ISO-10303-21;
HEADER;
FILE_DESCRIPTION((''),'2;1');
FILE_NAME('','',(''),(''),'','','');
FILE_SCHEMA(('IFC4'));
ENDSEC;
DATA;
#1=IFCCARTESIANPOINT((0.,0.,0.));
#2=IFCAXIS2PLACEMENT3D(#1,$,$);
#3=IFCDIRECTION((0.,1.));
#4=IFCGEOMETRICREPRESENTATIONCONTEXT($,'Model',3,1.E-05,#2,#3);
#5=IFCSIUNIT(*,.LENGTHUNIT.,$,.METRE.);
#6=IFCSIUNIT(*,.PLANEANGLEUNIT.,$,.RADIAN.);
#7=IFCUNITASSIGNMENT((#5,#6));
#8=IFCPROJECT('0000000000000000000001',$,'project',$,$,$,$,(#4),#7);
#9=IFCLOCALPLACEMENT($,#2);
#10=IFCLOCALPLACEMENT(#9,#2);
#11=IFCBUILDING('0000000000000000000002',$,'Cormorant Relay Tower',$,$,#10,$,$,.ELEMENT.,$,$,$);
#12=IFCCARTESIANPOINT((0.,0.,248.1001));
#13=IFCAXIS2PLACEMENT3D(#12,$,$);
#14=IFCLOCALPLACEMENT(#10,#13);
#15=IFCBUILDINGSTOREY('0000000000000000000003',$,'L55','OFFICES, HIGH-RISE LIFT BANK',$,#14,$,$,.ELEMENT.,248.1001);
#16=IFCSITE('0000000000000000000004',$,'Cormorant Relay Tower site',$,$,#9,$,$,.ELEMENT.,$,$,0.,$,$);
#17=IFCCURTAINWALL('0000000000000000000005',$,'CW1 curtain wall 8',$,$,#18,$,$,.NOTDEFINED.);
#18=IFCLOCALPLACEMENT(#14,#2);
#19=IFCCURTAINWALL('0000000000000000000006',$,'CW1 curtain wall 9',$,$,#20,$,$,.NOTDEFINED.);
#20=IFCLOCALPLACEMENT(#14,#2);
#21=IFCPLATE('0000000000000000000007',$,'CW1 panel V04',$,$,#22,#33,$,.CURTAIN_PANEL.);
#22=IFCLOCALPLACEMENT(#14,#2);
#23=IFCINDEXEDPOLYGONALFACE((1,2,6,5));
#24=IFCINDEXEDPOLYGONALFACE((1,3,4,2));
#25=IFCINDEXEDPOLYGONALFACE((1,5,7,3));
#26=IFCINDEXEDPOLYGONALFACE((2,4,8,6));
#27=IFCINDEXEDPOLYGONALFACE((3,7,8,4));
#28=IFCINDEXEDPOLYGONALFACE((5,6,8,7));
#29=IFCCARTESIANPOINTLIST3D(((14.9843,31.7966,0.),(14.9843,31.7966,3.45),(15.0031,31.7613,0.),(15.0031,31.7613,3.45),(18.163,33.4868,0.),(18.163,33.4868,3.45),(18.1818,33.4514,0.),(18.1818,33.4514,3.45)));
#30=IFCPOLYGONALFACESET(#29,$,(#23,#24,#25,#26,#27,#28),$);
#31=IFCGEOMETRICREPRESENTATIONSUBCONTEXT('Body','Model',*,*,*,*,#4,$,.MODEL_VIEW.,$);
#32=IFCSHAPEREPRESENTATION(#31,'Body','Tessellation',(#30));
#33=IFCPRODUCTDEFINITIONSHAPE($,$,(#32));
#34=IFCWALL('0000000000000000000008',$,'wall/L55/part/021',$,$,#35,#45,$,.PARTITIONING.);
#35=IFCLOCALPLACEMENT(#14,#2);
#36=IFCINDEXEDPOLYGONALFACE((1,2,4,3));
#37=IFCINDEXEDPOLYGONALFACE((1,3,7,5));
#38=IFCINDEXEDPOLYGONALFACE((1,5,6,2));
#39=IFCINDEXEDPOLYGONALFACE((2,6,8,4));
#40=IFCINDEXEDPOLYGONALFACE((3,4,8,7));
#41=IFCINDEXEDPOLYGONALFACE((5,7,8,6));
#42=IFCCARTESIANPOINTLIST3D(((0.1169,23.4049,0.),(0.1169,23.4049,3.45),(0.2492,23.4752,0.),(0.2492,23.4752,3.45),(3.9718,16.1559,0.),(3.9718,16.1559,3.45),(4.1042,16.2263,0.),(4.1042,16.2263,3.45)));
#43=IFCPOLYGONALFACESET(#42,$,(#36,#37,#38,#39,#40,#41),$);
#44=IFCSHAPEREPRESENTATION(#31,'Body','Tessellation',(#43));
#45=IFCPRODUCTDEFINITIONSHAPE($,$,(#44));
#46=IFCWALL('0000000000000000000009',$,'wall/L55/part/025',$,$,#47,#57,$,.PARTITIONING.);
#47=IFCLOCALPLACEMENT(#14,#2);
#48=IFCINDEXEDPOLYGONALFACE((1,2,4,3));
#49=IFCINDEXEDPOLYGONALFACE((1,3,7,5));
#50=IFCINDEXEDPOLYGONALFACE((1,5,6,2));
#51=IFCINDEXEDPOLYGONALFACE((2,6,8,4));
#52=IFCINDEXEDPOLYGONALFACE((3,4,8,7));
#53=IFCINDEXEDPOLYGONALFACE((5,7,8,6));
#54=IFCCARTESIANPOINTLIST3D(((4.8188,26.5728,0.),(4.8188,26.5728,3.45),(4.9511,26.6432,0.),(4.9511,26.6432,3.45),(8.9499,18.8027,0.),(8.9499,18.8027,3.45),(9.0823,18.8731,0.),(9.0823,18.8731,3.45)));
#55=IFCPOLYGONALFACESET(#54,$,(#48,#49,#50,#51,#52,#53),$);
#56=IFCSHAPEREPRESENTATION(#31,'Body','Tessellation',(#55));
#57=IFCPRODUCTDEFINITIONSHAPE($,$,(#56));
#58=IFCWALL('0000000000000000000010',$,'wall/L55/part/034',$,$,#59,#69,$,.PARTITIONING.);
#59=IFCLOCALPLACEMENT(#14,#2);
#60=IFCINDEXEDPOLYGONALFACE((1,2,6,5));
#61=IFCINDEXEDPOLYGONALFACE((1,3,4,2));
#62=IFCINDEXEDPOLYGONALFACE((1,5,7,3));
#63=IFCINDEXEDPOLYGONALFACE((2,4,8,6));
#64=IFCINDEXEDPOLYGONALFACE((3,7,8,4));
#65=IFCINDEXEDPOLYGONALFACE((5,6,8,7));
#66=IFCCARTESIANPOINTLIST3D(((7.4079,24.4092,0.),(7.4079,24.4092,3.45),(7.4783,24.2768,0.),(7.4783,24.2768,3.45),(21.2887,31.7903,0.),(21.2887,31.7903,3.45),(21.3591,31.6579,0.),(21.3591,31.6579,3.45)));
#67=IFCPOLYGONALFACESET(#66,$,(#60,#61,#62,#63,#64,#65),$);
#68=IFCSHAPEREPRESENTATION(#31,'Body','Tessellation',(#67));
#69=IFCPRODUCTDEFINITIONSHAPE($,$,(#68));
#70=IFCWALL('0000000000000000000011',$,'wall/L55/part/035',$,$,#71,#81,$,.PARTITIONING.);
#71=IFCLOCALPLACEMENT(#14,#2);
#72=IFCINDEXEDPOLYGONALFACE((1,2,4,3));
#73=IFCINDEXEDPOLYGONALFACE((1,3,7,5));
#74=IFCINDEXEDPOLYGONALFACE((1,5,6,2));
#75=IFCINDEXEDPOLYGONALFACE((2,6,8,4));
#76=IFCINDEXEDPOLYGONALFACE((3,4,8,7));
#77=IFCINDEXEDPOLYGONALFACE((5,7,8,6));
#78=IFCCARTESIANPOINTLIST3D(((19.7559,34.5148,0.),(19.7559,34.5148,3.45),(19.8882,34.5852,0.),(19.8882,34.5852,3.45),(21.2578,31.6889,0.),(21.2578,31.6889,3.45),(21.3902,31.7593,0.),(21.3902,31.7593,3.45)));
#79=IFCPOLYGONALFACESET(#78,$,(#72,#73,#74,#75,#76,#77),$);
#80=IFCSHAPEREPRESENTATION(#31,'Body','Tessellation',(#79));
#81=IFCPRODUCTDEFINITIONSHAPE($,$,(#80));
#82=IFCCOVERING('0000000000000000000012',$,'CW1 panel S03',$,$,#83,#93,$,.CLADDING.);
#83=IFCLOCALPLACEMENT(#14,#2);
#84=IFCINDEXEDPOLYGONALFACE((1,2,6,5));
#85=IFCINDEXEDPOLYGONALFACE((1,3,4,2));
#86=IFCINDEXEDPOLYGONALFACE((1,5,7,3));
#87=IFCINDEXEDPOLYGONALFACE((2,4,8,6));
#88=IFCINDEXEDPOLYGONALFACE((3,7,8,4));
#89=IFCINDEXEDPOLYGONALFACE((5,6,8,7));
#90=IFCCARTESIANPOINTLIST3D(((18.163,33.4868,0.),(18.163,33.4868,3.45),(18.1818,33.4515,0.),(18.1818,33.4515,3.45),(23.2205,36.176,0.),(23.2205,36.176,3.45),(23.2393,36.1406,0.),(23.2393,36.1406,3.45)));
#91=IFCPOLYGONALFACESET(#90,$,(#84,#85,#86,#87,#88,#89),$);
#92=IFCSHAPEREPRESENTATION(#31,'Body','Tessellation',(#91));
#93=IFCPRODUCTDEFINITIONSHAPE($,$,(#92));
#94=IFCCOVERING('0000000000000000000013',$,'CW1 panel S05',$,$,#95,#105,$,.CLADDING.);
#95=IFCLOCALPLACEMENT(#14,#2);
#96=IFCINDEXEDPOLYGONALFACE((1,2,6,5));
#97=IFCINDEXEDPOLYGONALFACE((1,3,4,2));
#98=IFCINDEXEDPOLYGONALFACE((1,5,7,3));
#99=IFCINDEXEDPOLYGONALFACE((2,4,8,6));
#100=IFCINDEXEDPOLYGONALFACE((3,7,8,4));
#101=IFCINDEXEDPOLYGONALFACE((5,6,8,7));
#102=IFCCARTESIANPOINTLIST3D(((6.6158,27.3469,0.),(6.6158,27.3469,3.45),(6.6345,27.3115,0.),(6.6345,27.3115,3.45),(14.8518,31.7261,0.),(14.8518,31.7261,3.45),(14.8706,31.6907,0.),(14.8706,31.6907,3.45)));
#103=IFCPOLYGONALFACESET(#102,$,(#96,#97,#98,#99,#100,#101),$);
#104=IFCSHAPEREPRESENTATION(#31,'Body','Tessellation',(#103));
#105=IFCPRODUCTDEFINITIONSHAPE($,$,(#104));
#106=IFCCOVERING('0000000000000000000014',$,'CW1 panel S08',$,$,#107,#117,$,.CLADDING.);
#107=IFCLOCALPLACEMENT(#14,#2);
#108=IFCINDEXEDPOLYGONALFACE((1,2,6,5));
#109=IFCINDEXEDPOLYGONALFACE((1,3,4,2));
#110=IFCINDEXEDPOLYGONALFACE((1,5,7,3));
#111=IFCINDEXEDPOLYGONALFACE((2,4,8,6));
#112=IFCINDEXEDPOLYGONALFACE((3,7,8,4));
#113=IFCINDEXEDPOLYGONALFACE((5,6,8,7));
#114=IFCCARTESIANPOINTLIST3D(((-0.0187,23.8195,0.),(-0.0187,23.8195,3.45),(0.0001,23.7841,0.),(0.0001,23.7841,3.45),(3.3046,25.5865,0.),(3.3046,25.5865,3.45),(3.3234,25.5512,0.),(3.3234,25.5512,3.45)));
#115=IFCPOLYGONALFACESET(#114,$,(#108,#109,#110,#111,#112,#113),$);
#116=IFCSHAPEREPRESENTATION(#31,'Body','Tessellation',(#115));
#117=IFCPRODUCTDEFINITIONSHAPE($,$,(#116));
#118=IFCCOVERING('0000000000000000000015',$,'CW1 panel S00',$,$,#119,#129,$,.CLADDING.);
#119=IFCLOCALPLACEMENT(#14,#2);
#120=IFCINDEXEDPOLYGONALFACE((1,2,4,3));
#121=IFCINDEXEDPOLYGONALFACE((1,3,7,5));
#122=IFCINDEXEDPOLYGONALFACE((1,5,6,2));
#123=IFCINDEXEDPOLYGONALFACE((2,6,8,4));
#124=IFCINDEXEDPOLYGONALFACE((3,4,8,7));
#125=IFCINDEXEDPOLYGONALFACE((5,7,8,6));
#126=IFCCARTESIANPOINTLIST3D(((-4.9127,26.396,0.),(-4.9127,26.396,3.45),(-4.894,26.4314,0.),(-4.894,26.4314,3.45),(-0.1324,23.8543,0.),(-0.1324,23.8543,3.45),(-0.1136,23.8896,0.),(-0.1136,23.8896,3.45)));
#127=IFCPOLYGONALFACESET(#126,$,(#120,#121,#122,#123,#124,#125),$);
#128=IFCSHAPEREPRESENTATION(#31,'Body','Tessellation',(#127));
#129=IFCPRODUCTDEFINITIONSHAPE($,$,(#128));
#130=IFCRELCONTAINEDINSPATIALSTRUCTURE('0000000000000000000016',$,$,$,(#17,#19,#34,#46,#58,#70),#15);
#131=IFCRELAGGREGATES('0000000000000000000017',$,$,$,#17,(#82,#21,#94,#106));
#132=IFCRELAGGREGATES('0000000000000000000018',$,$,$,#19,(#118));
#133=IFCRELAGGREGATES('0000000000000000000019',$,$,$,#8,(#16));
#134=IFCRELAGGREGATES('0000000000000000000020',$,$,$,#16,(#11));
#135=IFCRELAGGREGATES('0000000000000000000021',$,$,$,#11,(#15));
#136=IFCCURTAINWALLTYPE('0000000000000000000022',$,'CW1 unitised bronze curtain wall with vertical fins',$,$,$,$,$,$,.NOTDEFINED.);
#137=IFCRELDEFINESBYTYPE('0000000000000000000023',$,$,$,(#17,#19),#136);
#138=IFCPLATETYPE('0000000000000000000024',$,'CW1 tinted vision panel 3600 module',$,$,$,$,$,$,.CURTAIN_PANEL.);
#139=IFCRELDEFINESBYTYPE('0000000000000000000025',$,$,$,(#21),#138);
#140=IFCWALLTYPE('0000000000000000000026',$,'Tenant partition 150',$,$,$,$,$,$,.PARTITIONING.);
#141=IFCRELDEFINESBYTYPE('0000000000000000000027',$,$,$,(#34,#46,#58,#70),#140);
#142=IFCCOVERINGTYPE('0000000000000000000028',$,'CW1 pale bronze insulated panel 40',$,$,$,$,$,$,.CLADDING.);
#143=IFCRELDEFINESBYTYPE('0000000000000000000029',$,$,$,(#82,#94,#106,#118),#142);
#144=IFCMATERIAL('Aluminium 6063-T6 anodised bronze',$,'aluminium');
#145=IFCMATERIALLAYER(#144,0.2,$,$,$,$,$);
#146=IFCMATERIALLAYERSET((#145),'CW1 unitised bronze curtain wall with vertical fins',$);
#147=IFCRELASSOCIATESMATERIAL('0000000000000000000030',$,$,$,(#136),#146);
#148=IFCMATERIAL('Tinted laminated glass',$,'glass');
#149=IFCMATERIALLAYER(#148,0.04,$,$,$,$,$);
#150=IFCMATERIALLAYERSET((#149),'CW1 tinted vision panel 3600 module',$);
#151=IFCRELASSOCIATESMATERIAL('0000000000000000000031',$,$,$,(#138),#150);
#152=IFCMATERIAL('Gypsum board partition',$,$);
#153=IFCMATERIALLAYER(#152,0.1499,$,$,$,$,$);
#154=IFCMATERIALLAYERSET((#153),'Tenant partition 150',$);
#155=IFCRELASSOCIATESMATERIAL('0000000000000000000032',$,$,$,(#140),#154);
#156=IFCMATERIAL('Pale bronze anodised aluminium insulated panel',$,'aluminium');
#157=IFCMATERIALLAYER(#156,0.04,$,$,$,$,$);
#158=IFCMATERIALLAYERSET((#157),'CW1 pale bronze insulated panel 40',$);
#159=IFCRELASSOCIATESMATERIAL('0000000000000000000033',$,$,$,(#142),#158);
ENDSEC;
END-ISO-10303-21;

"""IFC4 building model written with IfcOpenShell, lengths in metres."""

from ifc_helpers import new_model, si_unit, direction, frame, frame_2d, origin, origin_2d, place, context, subcontext, project, spatial, rectangle, extrude, material, layer, layer_set, type_object, element, aggregate, save


model = new_model("IFC4")

# Units and contexts
model_context = context("Model", 3, precision=1e-05, world=origin(), true_north=direction((0.0, 1.0)))
body_context = subcontext(model_context, "Body", "Model", "MODEL_VIEW")
ifc_project = project(units=[si_unit("LENGTHUNIT", "METRE"), si_unit("PLANEANGLEUNIT", "RADIAN")], contexts=[model_context])

# Site, building, storey
site_placement = place(None, origin())
site = spatial("IfcSite", under=ifc_project, at=site_placement, Name="Cormorant Relay Tower site", CompositionType="ELEMENT", RefElevation=0.0)
building_placement = place(site_placement, origin())
building = spatial("IfcBuilding", under=site, at=building_placement, Name="Cormorant Relay Tower", CompositionType="ELEMENT")
storey_placement = place(building_placement, frame((0.0, 0.0, 248.1001)))
storey = spatial("IfcBuildingStorey", under=building, at=storey_placement, Name="L55", Description="OFFICES, HIGH-RISE LIFT BANK", CompositionType="ELEMENT", Elevation=248.1001)

# Curtain walls
ifc_material_1 = material(Name="Aluminium 6063-T6 anodised bronze", Category="aluminium")
ifc_layer_1 = layer(ifc_material_1, 0.2)
ifc_layer_set_1 = layer_set([ifc_layer_1], Name="CW1 unitised bronze curtain wall with vertical fins")
curtain_wall_type = type_object("IfcCurtainWallType", Name="CW1 unitised bronze curtain wall with vertical fins", PredefinedType="NOTDEFINED", material=ifc_layer_set_1)
curtain_wall_1_placement = place(storey_placement, origin())
curtain_wall_1 = element("IfcCurtainWall", 1, at=curtain_wall_1_placement, inside=storey, type_object=curtain_wall_type, Name="CW1 curtain wall 8", PredefinedType="NOTDEFINED")
curtain_wall_2_placement = place(storey_placement, origin())
curtain_wall_2 = element("IfcCurtainWall", 2, at=curtain_wall_2_placement, inside=storey, type_object=curtain_wall_type, Name="CW1 curtain wall 9", PredefinedType="NOTDEFINED")

# Plate
ifc_material_2 = material(Name="Tinted laminated glass", Category="glass")
ifc_layer_2 = layer(ifc_material_2, 0.04)
ifc_layer_set_2 = layer_set([ifc_layer_2], Name="CW1 tinted vision panel 3600 module")
plate_type_1 = type_object("IfcPlateType", Name="CW1 tinted vision panel 3600 module", PredefinedType="CURTAIN_PANEL", material=ifc_layer_set_2)
plate_1_placement = place(storey_placement, frame((16.583, 32.624, 0.0), z_axis=(0.0, 0.0, 1.0), x_axis=(-0.882948, -0.469472, 0.0)))
plate_1 = element("IfcPlate", 3, at=plate_1_placement, type_object=plate_type_1, Name="CW1 panel V04", PredefinedType="CURTAIN_PANEL", context=body_context, shape_type="SweptSolid", body=[
    extrude(rectangle(XDim=3.6001, YDim=0.04, at=origin_2d()), origin(), (0.0, 0.0, 1.0), 3.45),
])

# Walls
ifc_material_3 = material(Name="Gypsum board partition")
ifc_layer_3 = layer(ifc_material_3, 0.1499)
ifc_layer_set_3 = layer_set([ifc_layer_3], Name="Tenant partition 150")
wall_type = type_object("IfcWallType", Name="Tenant partition 150", PredefinedType="PARTITIONING", material=ifc_layer_set_3)
wall_1_placement = place(storey_placement, frame((0.1831, 23.4399, 0.0), z_axis=(0.0, 0.0, 1.0), x_axis=(0.469529, -0.882917, 0.0)))
element("IfcWall", 4, at=wall_1_placement, inside=storey, type_object=wall_type, Name="wall/L55/part/021", PredefinedType="PARTITIONING", context=body_context, shape_type="SweptSolid", body=[
    extrude(rectangle(XDim=8.2102, YDim=0.1499, at=frame_2d((4.105, 0.0))), origin(), (0.0, 0.0, 1.0), 3.45),
])
wall_2_placement = place(storey_placement, frame((4.885, 26.6079, 0.0), z_axis=(0.0, 0.0, 1.0), x_axis=(0.469446, -0.882961, 0.0)))
element("IfcWall", 5, at=wall_2_placement, inside=storey, type_object=wall_type, Name="wall/L55/part/025", PredefinedType="PARTITIONING", context=body_context, shape_type="SweptSolid", body=[
    extrude(rectangle(XDim=8.8, YDim=0.1499, at=frame_2d((4.3999, 0.0))), origin(), (0.0, 0.0, 1.0), 3.45),
])
wall_3_placement = place(storey_placement, frame((7.4431, 24.343, 0.0), z_axis=(0.0, 0.0, 1.0), x_axis=(0.882934, 0.469497, 0.0)))
element("IfcWall", 6, at=wall_3_placement, inside=storey, type_object=wall_type, Name="wall/L55/part/034", PredefinedType="PARTITIONING", context=body_context, shape_type="SweptSolid", body=[
    extrude(rectangle(XDim=15.7212, YDim=0.1499, at=frame_2d((7.8606, 0.0))), origin(), (0.0, 0.0, 1.0), 3.45),
])
wall_4_placement = place(storey_placement, frame((21.324, 31.7241, 0.0), z_axis=(0.0, 0.0, 1.0), x_axis=(-0.469321, 0.883028, 0.0)))
element("IfcWall", 7, at=wall_4_placement, inside=storey, type_object=wall_type, Name="wall/L55/part/035", PredefinedType="PARTITIONING", context=body_context, shape_type="SweptSolid", body=[
    extrude(rectangle(XDim=3.2002, YDim=0.1499, at=frame_2d((1.6001, 0.0))), origin(), (0.0, 0.0, 1.0), 3.45),
])

# Coverings
ifc_material_4 = material(Name="Pale bronze anodised aluminium insulated panel", Category="aluminium")
ifc_layer_4 = layer(ifc_material_4, 0.04)
ifc_layer_set_4 = layer_set([ifc_layer_4], Name="CW1 pale bronze insulated panel 40")
covering_type = type_object("IfcCoveringType", Name="CW1 pale bronze insulated panel 40", PredefinedType="CLADDING", material=ifc_layer_set_4)
covering_1_placement = place(storey_placement, frame((20.7012, 34.8137, 0.0), z_axis=(0.0, 0.0, 1.0), x_axis=(-0.882948, -0.469472, 0.0)))
covering_1 = element("IfcCovering", 8, at=covering_1_placement, type_object=covering_type, Name="CW1 panel S03", PredefinedType="CLADDING", context=body_context, shape_type="SweptSolid", body=[
    extrude(rectangle(XDim=5.728, YDim=0.04, at=origin_2d()), origin(), (0.0, 0.0, 1.0), 3.45),
])
covering_2_placement = place(storey_placement, frame((10.7432, 29.5188, 0.0), z_axis=(0.0, 0.0, 1.0), x_axis=(-0.882948, -0.469472, 0.0)))
covering_2 = element("IfcCovering", 9, at=covering_2_placement, type_object=covering_type, Name="CW1 panel S05", PredefinedType="CLADDING", context=body_context, shape_type="SweptSolid", body=[
    extrude(rectangle(XDim=9.3279, YDim=0.04, at=origin_2d()), origin(), (0.0, 0.0, 1.0), 3.45),
])
covering_3_placement = place(storey_placement, frame((1.6523, 24.6853, 0.0), z_axis=(0.0, 0.0, 1.0), x_axis=(-0.882948, -0.469472, 0.0)))
covering_3 = element("IfcCovering", 10, at=covering_3_placement, type_object=covering_type, Name="CW1 panel S08", PredefinedType="CLADDING", context=body_context, shape_type="SweptSolid", body=[
    extrude(rectangle(XDim=3.7639, YDim=0.04, at=origin_2d()), origin(), (0.0, 0.0, 1.0), 3.45),
])
aggregate(curtain_wall_1, [covering_1, plate_1, covering_2, covering_3])
covering_4_placement = place(storey_placement, frame((-2.5132, 25.1428, 0.0), z_axis=(0.0, 0.0, 1.0), x_axis=(-0.882948, 0.469472, 0.0)))
covering_4 = element("IfcCovering", 11, at=covering_4_placement, type_object=covering_type, Name="CW1 panel S00", PredefinedType="CLADDING", context=body_context, shape_type="SweptSolid", body=[
    extrude(rectangle(XDim=5.4141, YDim=0.04, at=origin_2d()), origin(), (0.0, 0.0, 1.0), 3.45),
])
aggregate(curtain_wall_2, [covering_4])

save(model, "model.ifc")
